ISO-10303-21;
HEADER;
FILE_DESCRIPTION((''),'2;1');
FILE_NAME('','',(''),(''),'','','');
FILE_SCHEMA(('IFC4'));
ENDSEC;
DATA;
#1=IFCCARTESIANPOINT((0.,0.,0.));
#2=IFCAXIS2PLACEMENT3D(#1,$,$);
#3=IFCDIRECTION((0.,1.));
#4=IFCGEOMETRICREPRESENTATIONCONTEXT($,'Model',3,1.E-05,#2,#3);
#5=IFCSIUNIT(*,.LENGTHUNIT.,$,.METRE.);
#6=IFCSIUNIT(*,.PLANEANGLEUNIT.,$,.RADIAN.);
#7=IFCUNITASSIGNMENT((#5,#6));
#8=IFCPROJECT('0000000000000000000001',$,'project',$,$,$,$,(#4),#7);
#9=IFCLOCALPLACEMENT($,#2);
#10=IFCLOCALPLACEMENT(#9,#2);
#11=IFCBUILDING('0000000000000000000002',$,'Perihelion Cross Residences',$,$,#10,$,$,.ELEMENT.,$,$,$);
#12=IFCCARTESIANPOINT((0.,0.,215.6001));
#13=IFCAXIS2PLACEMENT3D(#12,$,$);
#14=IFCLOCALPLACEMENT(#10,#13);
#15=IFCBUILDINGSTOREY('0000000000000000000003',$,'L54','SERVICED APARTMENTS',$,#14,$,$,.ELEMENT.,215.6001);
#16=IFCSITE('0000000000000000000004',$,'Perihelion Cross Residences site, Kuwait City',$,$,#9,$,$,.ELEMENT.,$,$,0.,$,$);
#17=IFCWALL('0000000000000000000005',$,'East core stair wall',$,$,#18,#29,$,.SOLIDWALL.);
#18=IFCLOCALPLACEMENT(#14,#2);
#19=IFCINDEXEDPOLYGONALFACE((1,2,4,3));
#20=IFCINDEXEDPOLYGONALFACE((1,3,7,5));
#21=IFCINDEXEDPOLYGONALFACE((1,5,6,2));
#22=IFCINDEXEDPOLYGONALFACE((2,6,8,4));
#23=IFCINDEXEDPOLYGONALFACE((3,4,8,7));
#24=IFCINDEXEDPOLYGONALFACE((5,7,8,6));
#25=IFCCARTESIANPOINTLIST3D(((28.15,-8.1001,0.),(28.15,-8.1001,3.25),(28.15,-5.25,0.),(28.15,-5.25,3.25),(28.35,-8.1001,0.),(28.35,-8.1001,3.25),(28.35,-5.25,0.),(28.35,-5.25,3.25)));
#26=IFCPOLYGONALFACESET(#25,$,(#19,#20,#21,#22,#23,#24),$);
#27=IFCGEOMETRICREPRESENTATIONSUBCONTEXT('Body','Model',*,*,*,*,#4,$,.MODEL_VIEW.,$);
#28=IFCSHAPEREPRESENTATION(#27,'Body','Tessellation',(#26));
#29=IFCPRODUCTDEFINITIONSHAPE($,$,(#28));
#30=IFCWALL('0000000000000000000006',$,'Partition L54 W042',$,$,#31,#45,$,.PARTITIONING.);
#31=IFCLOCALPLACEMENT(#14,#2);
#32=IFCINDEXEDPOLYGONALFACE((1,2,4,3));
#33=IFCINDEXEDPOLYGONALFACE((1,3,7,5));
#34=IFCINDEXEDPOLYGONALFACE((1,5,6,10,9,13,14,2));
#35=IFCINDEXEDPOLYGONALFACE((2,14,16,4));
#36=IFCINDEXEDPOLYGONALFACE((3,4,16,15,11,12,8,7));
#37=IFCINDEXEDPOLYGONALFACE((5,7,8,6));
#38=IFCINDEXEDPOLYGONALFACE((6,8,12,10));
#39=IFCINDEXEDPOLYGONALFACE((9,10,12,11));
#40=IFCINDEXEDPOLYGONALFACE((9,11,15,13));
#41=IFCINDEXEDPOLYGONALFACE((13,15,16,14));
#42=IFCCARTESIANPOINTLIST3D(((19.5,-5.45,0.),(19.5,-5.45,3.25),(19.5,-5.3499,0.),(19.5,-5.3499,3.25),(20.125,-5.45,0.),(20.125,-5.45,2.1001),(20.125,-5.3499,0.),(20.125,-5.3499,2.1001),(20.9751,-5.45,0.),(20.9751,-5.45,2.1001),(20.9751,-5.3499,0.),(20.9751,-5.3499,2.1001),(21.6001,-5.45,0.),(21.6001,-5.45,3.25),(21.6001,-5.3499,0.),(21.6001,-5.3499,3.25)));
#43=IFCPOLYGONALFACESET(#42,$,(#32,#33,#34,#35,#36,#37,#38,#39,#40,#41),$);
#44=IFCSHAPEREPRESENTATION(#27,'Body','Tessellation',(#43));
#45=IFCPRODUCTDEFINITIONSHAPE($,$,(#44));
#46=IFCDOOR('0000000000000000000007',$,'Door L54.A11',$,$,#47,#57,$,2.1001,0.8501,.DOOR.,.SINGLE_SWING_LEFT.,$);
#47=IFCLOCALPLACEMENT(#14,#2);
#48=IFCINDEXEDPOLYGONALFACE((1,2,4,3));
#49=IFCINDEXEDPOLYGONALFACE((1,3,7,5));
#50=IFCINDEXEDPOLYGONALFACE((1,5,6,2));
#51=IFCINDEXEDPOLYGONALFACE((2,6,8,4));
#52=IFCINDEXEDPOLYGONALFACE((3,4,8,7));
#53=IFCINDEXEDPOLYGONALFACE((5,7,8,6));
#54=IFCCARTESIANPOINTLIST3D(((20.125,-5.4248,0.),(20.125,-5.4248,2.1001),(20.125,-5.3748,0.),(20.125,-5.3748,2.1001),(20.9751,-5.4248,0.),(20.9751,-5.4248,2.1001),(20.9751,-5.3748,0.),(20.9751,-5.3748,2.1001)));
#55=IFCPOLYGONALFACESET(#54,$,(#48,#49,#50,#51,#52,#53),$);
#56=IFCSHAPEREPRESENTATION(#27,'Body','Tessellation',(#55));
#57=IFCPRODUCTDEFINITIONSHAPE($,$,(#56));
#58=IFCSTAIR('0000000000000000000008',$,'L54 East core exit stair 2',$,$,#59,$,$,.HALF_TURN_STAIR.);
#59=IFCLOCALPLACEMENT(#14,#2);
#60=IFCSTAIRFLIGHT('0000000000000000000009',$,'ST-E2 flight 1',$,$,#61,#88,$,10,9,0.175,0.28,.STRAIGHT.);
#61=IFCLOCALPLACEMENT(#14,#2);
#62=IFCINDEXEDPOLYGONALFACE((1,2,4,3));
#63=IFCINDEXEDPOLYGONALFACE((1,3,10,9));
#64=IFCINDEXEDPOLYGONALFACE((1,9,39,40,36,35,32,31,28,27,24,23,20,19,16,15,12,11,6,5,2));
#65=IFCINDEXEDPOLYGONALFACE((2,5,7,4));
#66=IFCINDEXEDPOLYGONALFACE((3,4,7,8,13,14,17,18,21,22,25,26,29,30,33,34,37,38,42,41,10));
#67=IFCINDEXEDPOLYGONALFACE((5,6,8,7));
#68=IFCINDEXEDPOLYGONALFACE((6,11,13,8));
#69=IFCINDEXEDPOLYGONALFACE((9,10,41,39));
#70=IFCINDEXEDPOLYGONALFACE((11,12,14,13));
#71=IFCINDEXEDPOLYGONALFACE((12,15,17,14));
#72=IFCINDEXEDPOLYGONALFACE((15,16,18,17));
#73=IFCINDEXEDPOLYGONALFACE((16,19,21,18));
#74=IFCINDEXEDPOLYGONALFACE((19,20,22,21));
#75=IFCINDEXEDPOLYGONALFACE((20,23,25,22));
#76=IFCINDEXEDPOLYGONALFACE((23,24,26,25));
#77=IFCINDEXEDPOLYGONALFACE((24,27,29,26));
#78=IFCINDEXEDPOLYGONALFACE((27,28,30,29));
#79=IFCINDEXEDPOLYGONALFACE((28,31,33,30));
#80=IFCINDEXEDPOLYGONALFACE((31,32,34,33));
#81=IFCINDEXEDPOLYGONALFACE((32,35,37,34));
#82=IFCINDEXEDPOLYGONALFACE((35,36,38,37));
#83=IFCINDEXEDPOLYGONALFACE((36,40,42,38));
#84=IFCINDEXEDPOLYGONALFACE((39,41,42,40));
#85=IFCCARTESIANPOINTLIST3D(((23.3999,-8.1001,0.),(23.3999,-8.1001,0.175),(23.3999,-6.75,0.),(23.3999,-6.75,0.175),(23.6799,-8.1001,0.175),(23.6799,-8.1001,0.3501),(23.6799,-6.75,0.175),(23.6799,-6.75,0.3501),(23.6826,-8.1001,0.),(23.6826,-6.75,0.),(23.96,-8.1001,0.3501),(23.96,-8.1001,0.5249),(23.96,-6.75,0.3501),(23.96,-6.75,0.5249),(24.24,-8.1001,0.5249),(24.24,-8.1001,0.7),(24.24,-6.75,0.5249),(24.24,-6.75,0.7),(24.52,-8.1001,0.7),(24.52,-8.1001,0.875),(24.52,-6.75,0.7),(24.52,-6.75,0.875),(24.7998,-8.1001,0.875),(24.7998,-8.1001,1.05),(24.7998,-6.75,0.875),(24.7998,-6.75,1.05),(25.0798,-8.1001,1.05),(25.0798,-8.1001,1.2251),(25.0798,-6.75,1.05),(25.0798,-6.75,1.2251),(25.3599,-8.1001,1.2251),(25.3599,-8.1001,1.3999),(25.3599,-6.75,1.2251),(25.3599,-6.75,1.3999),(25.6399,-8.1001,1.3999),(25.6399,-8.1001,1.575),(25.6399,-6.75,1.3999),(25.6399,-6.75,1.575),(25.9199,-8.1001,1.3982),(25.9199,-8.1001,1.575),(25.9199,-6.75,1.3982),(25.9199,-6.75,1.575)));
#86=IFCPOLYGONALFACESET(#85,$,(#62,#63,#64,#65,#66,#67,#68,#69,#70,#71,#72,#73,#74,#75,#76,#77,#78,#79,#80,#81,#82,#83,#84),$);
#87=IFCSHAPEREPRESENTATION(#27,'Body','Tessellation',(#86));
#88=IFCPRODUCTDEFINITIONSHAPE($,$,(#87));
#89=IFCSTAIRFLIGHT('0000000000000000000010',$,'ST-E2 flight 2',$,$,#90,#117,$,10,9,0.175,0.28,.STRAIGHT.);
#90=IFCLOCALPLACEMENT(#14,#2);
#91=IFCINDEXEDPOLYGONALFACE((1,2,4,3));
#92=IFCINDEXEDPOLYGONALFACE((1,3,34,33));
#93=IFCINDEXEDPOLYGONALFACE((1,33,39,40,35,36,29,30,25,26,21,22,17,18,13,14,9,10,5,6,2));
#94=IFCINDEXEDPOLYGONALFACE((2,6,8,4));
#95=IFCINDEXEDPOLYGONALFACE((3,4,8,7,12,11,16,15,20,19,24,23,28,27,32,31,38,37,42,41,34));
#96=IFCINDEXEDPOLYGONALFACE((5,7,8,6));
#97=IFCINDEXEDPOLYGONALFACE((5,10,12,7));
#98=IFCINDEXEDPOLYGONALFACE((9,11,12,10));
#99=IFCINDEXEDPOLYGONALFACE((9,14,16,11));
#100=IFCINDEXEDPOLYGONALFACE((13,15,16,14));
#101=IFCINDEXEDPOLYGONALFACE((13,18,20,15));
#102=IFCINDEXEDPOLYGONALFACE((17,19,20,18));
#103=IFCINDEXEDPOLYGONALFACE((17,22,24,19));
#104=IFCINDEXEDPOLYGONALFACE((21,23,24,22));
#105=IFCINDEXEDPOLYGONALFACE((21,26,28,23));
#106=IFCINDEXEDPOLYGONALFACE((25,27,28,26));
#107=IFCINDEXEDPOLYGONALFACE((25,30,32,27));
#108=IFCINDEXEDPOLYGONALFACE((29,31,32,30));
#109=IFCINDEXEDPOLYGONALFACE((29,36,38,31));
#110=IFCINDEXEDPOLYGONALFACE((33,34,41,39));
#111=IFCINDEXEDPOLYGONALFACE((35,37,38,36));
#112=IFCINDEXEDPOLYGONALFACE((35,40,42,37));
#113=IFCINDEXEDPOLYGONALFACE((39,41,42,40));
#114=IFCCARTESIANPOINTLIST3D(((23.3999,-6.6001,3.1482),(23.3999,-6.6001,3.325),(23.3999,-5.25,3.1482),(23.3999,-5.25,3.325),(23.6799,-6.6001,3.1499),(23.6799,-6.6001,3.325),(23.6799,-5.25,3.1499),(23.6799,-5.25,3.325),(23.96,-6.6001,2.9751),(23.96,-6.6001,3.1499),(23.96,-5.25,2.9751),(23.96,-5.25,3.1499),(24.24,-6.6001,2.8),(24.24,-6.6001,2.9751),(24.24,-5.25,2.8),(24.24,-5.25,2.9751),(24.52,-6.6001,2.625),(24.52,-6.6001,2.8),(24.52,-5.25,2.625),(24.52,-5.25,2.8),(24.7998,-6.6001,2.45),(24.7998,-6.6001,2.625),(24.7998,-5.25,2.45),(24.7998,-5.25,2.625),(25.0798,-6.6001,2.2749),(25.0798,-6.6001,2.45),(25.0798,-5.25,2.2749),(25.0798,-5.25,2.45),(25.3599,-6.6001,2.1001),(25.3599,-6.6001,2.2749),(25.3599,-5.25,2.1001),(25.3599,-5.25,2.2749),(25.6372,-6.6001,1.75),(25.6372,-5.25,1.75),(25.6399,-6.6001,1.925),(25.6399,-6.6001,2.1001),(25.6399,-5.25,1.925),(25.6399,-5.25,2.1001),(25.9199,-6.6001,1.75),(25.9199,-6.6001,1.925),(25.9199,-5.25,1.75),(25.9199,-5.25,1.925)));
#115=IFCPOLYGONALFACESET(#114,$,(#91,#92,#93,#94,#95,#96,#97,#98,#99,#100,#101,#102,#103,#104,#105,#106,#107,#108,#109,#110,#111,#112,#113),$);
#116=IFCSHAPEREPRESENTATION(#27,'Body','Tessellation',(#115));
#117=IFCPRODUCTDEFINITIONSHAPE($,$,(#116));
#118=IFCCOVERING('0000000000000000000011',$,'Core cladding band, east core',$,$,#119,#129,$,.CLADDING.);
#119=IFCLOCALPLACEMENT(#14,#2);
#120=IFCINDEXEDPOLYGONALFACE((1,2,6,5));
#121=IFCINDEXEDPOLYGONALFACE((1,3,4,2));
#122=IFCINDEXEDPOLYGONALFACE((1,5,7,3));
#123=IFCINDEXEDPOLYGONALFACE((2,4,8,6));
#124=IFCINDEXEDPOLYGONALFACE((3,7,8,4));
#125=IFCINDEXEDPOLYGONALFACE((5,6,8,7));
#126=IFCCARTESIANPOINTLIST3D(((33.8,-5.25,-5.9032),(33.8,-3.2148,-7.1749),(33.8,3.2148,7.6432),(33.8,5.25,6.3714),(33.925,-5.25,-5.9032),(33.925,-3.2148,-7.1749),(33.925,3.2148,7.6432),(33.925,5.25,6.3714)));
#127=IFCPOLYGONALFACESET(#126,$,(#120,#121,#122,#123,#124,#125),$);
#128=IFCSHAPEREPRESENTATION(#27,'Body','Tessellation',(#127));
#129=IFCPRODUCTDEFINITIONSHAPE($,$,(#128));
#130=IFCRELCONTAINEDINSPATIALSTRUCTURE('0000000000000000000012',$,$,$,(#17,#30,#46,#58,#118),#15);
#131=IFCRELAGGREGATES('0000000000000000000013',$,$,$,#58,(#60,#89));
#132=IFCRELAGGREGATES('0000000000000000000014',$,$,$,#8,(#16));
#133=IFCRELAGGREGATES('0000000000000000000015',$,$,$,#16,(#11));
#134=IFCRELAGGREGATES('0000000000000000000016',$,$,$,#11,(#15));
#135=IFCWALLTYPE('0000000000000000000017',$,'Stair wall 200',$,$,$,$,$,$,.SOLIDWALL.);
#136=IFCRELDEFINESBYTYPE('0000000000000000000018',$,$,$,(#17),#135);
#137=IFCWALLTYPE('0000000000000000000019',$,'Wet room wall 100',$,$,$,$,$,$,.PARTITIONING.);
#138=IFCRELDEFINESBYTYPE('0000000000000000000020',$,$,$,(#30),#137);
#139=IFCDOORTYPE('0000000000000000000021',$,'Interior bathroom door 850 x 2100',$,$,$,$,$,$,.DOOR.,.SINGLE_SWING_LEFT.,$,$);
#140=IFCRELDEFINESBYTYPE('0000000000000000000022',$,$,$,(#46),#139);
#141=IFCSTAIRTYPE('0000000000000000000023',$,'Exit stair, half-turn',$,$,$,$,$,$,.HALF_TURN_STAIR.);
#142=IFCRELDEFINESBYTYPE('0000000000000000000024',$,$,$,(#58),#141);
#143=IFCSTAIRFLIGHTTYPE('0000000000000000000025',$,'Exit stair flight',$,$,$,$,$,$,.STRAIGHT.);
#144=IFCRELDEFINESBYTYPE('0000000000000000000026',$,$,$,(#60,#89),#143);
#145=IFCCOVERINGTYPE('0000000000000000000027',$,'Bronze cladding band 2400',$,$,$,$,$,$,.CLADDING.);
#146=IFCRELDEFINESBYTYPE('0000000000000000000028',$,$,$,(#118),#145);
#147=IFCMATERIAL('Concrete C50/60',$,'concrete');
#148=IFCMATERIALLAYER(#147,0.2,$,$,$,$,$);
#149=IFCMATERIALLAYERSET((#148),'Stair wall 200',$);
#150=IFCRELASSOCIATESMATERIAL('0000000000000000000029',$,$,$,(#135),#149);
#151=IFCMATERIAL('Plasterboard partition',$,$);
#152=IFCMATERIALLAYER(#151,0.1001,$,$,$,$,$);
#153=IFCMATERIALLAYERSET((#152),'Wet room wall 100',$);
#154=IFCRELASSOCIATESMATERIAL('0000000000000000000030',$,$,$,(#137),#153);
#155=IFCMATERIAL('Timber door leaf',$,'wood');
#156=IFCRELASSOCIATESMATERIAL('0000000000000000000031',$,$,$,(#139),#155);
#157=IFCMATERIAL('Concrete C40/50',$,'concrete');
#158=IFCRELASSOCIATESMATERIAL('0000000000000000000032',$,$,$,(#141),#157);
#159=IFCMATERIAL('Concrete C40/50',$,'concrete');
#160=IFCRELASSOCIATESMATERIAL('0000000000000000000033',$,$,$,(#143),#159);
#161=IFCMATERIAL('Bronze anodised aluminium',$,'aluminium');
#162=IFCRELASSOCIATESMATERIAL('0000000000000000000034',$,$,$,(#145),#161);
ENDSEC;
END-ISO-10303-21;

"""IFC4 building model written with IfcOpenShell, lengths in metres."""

from ifc_helpers import new_model, si_unit, direction, frame, frame_2d, origin, origin_2d, place, context, subcontext, project, spatial, polyline, rectangle, outline, extrude, material, layer, layer_set, material_profile, profile_set, type_object, element, fill, aggregate, save


model = new_model("IFC4")

# Units and contexts
model_context = context("Model", 3, precision=1e-05, world=origin(), true_north=direction((0.0, 1.0)))
body_context = subcontext(model_context, "Body", "Model", "MODEL_VIEW")
ifc_project = project(units=[si_unit("LENGTHUNIT", "METRE"), si_unit("PLANEANGLEUNIT", "RADIAN")], contexts=[model_context])

# Site, building, storey
site_placement = place(None, origin())
site = spatial("IfcSite", under=ifc_project, at=site_placement, Name="Perihelion Cross Residences site, Kuwait City", CompositionType="ELEMENT", RefElevation=0.0)
building_placement = place(site_placement, origin())
building = spatial("IfcBuilding", under=site, at=building_placement, Name="Perihelion Cross Residences", CompositionType="ELEMENT")
storey_placement = place(building_placement, frame((0.0, 0.0, 215.6001)))
storey = spatial("IfcBuildingStorey", under=building, at=storey_placement, Name="L54", Description="SERVICED APARTMENTS", CompositionType="ELEMENT", Elevation=215.6001)

# Shared definitions
ifc_material_1 = material(Name="Concrete C50/60", Category="concrete")
ifc_layer_1 = layer(ifc_material_1, 0.2)
ifc_layer_set_1 = layer_set([ifc_layer_1], Name="Stair wall 200")
wall_type_1 = type_object("IfcWallType", Name="Stair wall 200", PredefinedType="SOLIDWALL", material=ifc_layer_set_1)

# Wall
wall_1_placement = place(storey_placement, frame((28.25, -8.1001, 0.0), z_axis=(0.0, 0.0, 1.0), x_axis=(0.0, 1.0, 0.0)))
element("IfcWall", 1, at=wall_1_placement, inside=storey, type_object=wall_type_1, Name="East core stair wall", PredefinedType="SOLIDWALL", context=body_context, shape_type="SweptSolid", body=[
    extrude(rectangle(XDim=2.8501, YDim=0.2, at=frame_2d((1.425, 0.0))), origin(), (0.0, 0.0, 1.0), 3.25),
])

# Wall, opening, door
ifc_material_2 = material(Name="Plasterboard partition")
ifc_layer_2 = layer(ifc_material_2, 0.1001)
ifc_layer_set_2 = layer_set([ifc_layer_2], Name="Wet room wall 100")
wall_type_2 = type_object("IfcWallType", Name="Wet room wall 100", PredefinedType="PARTITIONING", material=ifc_layer_set_2)
wall_2_placement = place(storey_placement, frame((21.6001, -5.3999, 0.0), z_axis=(0.0, 0.0, 1.0), x_axis=(-1.0, 0.0, 0.0)))
wall_2 = element("IfcWall", 2, at=wall_2_placement, inside=storey, type_object=wall_type_2, Name="Partition L54 W042", PredefinedType="PARTITIONING", context=body_context, shape_type="SweptSolid", body=[
    extrude(rectangle(XDim=2.1001, YDim=0.1001, at=frame_2d((1.05, 0.0))), origin(), (0.0, 0.0, 1.0), 3.25),
])
opening_1_placement = place(wall_2_placement, frame((0.625, 0.0, 0.0)))
opening_1 = element("IfcOpeningElement", 3, at=opening_1_placement, cuts=wall_2, PredefinedType="OPENING", context=body_context, shape_type="SweptSolid", body=[
    extrude(rectangle(XDim=0.8501, YDim=2.1001, at=frame_2d((0.425, 1.05))), frame((0.0, 0.0601, 0.0), z_axis=(0.0, -1.0, 0.0), x_axis=(1.0, 0.0, 0.0)), (0.0, 0.0, 1.0), 0.1201),
])
ifc_material_3 = material(Name="Timber door leaf", Category="wood")
door_type_1 = type_object("IfcDoorType", Name="Interior bathroom door 850 x 2100", OperationType="SINGLE_SWING_LEFT", PredefinedType="DOOR", material=ifc_material_3)
door_1_placement = place(opening_1_placement, origin())
door_1 = element("IfcDoor", 4, at=door_1_placement, inside=storey, type_object=door_type_1, Name="Door L54.A11", OperationType="SINGLE_SWING_LEFT", OverallHeight=2.1001, OverallWidth=0.8501, PredefinedType="DOOR", context=body_context, shape_type="SweptSolid", body=[
    extrude(rectangle(XDim=0.8501, YDim=2.1001, at=frame_2d((0.425, 1.05))), frame((0.0, 0.0249, 0.0), z_axis=(0.0, -1.0, 0.0), x_axis=(1.0, 0.0, 0.0)), (0.0, 0.0, 1.0), 0.05),
])
fill(opening_1, door_1)

# Stair, stair flights
ifc_material_4 = material(Name="Concrete C40/50", Category="concrete")
stair_type = type_object("IfcStairType", Name="Exit stair, half-turn", PredefinedType="HALF_TURN_STAIR", material=ifc_material_4)
stair_placement = place(storey_placement, origin())
stair = element("IfcStair", 5, at=stair_placement, inside=storey, type_object=stair_type, Name="L54 East core exit stair 2", PredefinedType="HALF_TURN_STAIR")
ifc_material_5 = material(Name="Concrete C40/50", Category="concrete")
stair_flight_type = type_object("IfcStairFlightType", Name="Exit stair flight", PredefinedType="STRAIGHT", material=ifc_material_5)
stair_flight_1_placement = place(storey_placement, frame((23.3999, -7.425, 0.0), z_axis=(0.0, 0.0, 1.0), x_axis=(1.0, 0.0, 0.0)))
stair_flight_1 = element("IfcStairFlight", 6, at=stair_flight_1_placement, type_object=stair_flight_type, Name="ST-E2 flight 1", NumberOfRisers=10, NumberOfTreads=9, PredefinedType="STRAIGHT", RiserHeight=0.175, TreadLength=0.28, context=body_context, shape_type="SweptSolid", body=[
    extrude(outline(polyline([(0.0, 0.0), (0.0, 0.175), (0.28, 0.175), (0.28, 0.3501), (0.5601, 0.3501), (0.5601, 0.5249), (0.8401, 0.5249), (0.8401, 0.7), (1.1201, 0.7), (1.1201, 0.875), (1.3999, 0.875), (1.3999, 1.05), (1.6799, 1.05), (1.6799, 1.2251), (1.96, 1.2251), (1.96, 1.3999), (2.24, 1.3999), (2.24, 1.575), (2.52, 1.575), (2.52, 1.75), (2.52, 1.3982), (0.2827, 0.0), (0.0, 0.0)])), frame((0.0, 0.675, 0.0), z_axis=(0.0, -1.0, 0.0), x_axis=(1.0, 0.0, 0.0)), (0.0, 0.0, 1.0), 1.3501),
])
stair_flight_2_placement = place(storey_placement, frame((25.9199, -5.925, 1.75), z_axis=(0.0, 0.0, 1.0), x_axis=(-1.0, 0.0, 0.0)))
stair_flight_2 = element("IfcStairFlight", 7, at=stair_flight_2_placement, type_object=stair_flight_type, Name="ST-E2 flight 2", NumberOfRisers=10, NumberOfTreads=9, PredefinedType="STRAIGHT", RiserHeight=0.175, TreadLength=0.28, context=body_context, shape_type="SweptSolid", body=[
    extrude(outline(polyline([(0.0, 0.0), (0.0, 0.175), (0.28, 0.175), (0.28, 0.3501), (0.5601, 0.3501), (0.5601, 0.5249), (0.8401, 0.5249), (0.8401, 0.7), (1.1201, 0.7), (1.1201, 0.875), (1.3999, 0.875), (1.3999, 1.05), (1.6799, 1.05), (1.6799, 1.2251), (1.96, 1.2251), (1.96, 1.3999), (2.24, 1.3999), (2.24, 1.575), (2.52, 1.575), (2.52, 1.75), (2.52, 1.3982), (0.2827, 0.0), (0.0, 0.0)])), frame((0.0, 0.675, 0.0), z_axis=(0.0, -1.0, 0.0), x_axis=(1.0, 0.0, 0.0)), (0.0, 0.0, 1.0), 1.3501),
])
aggregate(stair, [stair_flight_1, stair_flight_2])

# Covering
ifc_material_6 = material(Name="Bronze anodised aluminium", Category="aluminium")
ifc_material_profile = material_profile(ifc_material_6, rectangle(XDim=0.125, YDim=2.3999, at=origin_2d()), Name="Bronze cladding band 2400")
ifc_profile_set = profile_set([ifc_material_profile], Name="Bronze anodised aluminium")
covering_type = type_object("IfcCoveringType", Name="Bronze cladding band 2400", PredefinedType="CLADDING", material=ifc_profile_set)
covering_placement = place(storey_placement, frame((33.8625, -4.2324, -6.5391), z_axis=(0.0, 0.529925, 0.848045), x_axis=(-1.0, 0.0, 0.0)))
element("IfcCovering", 8, at=covering_placement, inside=storey, type_object=covering_type, Name="Core cladding band, east core", PredefinedType="CLADDING", context=body_context, shape_type="SweptSolid", body=[
    extrude(rectangle(XDim=0.125, YDim=2.3999, at=origin_2d()), origin(), (0.0, 0.0, 1.0), 15.9736),
])

save(model, "model.ifc")
